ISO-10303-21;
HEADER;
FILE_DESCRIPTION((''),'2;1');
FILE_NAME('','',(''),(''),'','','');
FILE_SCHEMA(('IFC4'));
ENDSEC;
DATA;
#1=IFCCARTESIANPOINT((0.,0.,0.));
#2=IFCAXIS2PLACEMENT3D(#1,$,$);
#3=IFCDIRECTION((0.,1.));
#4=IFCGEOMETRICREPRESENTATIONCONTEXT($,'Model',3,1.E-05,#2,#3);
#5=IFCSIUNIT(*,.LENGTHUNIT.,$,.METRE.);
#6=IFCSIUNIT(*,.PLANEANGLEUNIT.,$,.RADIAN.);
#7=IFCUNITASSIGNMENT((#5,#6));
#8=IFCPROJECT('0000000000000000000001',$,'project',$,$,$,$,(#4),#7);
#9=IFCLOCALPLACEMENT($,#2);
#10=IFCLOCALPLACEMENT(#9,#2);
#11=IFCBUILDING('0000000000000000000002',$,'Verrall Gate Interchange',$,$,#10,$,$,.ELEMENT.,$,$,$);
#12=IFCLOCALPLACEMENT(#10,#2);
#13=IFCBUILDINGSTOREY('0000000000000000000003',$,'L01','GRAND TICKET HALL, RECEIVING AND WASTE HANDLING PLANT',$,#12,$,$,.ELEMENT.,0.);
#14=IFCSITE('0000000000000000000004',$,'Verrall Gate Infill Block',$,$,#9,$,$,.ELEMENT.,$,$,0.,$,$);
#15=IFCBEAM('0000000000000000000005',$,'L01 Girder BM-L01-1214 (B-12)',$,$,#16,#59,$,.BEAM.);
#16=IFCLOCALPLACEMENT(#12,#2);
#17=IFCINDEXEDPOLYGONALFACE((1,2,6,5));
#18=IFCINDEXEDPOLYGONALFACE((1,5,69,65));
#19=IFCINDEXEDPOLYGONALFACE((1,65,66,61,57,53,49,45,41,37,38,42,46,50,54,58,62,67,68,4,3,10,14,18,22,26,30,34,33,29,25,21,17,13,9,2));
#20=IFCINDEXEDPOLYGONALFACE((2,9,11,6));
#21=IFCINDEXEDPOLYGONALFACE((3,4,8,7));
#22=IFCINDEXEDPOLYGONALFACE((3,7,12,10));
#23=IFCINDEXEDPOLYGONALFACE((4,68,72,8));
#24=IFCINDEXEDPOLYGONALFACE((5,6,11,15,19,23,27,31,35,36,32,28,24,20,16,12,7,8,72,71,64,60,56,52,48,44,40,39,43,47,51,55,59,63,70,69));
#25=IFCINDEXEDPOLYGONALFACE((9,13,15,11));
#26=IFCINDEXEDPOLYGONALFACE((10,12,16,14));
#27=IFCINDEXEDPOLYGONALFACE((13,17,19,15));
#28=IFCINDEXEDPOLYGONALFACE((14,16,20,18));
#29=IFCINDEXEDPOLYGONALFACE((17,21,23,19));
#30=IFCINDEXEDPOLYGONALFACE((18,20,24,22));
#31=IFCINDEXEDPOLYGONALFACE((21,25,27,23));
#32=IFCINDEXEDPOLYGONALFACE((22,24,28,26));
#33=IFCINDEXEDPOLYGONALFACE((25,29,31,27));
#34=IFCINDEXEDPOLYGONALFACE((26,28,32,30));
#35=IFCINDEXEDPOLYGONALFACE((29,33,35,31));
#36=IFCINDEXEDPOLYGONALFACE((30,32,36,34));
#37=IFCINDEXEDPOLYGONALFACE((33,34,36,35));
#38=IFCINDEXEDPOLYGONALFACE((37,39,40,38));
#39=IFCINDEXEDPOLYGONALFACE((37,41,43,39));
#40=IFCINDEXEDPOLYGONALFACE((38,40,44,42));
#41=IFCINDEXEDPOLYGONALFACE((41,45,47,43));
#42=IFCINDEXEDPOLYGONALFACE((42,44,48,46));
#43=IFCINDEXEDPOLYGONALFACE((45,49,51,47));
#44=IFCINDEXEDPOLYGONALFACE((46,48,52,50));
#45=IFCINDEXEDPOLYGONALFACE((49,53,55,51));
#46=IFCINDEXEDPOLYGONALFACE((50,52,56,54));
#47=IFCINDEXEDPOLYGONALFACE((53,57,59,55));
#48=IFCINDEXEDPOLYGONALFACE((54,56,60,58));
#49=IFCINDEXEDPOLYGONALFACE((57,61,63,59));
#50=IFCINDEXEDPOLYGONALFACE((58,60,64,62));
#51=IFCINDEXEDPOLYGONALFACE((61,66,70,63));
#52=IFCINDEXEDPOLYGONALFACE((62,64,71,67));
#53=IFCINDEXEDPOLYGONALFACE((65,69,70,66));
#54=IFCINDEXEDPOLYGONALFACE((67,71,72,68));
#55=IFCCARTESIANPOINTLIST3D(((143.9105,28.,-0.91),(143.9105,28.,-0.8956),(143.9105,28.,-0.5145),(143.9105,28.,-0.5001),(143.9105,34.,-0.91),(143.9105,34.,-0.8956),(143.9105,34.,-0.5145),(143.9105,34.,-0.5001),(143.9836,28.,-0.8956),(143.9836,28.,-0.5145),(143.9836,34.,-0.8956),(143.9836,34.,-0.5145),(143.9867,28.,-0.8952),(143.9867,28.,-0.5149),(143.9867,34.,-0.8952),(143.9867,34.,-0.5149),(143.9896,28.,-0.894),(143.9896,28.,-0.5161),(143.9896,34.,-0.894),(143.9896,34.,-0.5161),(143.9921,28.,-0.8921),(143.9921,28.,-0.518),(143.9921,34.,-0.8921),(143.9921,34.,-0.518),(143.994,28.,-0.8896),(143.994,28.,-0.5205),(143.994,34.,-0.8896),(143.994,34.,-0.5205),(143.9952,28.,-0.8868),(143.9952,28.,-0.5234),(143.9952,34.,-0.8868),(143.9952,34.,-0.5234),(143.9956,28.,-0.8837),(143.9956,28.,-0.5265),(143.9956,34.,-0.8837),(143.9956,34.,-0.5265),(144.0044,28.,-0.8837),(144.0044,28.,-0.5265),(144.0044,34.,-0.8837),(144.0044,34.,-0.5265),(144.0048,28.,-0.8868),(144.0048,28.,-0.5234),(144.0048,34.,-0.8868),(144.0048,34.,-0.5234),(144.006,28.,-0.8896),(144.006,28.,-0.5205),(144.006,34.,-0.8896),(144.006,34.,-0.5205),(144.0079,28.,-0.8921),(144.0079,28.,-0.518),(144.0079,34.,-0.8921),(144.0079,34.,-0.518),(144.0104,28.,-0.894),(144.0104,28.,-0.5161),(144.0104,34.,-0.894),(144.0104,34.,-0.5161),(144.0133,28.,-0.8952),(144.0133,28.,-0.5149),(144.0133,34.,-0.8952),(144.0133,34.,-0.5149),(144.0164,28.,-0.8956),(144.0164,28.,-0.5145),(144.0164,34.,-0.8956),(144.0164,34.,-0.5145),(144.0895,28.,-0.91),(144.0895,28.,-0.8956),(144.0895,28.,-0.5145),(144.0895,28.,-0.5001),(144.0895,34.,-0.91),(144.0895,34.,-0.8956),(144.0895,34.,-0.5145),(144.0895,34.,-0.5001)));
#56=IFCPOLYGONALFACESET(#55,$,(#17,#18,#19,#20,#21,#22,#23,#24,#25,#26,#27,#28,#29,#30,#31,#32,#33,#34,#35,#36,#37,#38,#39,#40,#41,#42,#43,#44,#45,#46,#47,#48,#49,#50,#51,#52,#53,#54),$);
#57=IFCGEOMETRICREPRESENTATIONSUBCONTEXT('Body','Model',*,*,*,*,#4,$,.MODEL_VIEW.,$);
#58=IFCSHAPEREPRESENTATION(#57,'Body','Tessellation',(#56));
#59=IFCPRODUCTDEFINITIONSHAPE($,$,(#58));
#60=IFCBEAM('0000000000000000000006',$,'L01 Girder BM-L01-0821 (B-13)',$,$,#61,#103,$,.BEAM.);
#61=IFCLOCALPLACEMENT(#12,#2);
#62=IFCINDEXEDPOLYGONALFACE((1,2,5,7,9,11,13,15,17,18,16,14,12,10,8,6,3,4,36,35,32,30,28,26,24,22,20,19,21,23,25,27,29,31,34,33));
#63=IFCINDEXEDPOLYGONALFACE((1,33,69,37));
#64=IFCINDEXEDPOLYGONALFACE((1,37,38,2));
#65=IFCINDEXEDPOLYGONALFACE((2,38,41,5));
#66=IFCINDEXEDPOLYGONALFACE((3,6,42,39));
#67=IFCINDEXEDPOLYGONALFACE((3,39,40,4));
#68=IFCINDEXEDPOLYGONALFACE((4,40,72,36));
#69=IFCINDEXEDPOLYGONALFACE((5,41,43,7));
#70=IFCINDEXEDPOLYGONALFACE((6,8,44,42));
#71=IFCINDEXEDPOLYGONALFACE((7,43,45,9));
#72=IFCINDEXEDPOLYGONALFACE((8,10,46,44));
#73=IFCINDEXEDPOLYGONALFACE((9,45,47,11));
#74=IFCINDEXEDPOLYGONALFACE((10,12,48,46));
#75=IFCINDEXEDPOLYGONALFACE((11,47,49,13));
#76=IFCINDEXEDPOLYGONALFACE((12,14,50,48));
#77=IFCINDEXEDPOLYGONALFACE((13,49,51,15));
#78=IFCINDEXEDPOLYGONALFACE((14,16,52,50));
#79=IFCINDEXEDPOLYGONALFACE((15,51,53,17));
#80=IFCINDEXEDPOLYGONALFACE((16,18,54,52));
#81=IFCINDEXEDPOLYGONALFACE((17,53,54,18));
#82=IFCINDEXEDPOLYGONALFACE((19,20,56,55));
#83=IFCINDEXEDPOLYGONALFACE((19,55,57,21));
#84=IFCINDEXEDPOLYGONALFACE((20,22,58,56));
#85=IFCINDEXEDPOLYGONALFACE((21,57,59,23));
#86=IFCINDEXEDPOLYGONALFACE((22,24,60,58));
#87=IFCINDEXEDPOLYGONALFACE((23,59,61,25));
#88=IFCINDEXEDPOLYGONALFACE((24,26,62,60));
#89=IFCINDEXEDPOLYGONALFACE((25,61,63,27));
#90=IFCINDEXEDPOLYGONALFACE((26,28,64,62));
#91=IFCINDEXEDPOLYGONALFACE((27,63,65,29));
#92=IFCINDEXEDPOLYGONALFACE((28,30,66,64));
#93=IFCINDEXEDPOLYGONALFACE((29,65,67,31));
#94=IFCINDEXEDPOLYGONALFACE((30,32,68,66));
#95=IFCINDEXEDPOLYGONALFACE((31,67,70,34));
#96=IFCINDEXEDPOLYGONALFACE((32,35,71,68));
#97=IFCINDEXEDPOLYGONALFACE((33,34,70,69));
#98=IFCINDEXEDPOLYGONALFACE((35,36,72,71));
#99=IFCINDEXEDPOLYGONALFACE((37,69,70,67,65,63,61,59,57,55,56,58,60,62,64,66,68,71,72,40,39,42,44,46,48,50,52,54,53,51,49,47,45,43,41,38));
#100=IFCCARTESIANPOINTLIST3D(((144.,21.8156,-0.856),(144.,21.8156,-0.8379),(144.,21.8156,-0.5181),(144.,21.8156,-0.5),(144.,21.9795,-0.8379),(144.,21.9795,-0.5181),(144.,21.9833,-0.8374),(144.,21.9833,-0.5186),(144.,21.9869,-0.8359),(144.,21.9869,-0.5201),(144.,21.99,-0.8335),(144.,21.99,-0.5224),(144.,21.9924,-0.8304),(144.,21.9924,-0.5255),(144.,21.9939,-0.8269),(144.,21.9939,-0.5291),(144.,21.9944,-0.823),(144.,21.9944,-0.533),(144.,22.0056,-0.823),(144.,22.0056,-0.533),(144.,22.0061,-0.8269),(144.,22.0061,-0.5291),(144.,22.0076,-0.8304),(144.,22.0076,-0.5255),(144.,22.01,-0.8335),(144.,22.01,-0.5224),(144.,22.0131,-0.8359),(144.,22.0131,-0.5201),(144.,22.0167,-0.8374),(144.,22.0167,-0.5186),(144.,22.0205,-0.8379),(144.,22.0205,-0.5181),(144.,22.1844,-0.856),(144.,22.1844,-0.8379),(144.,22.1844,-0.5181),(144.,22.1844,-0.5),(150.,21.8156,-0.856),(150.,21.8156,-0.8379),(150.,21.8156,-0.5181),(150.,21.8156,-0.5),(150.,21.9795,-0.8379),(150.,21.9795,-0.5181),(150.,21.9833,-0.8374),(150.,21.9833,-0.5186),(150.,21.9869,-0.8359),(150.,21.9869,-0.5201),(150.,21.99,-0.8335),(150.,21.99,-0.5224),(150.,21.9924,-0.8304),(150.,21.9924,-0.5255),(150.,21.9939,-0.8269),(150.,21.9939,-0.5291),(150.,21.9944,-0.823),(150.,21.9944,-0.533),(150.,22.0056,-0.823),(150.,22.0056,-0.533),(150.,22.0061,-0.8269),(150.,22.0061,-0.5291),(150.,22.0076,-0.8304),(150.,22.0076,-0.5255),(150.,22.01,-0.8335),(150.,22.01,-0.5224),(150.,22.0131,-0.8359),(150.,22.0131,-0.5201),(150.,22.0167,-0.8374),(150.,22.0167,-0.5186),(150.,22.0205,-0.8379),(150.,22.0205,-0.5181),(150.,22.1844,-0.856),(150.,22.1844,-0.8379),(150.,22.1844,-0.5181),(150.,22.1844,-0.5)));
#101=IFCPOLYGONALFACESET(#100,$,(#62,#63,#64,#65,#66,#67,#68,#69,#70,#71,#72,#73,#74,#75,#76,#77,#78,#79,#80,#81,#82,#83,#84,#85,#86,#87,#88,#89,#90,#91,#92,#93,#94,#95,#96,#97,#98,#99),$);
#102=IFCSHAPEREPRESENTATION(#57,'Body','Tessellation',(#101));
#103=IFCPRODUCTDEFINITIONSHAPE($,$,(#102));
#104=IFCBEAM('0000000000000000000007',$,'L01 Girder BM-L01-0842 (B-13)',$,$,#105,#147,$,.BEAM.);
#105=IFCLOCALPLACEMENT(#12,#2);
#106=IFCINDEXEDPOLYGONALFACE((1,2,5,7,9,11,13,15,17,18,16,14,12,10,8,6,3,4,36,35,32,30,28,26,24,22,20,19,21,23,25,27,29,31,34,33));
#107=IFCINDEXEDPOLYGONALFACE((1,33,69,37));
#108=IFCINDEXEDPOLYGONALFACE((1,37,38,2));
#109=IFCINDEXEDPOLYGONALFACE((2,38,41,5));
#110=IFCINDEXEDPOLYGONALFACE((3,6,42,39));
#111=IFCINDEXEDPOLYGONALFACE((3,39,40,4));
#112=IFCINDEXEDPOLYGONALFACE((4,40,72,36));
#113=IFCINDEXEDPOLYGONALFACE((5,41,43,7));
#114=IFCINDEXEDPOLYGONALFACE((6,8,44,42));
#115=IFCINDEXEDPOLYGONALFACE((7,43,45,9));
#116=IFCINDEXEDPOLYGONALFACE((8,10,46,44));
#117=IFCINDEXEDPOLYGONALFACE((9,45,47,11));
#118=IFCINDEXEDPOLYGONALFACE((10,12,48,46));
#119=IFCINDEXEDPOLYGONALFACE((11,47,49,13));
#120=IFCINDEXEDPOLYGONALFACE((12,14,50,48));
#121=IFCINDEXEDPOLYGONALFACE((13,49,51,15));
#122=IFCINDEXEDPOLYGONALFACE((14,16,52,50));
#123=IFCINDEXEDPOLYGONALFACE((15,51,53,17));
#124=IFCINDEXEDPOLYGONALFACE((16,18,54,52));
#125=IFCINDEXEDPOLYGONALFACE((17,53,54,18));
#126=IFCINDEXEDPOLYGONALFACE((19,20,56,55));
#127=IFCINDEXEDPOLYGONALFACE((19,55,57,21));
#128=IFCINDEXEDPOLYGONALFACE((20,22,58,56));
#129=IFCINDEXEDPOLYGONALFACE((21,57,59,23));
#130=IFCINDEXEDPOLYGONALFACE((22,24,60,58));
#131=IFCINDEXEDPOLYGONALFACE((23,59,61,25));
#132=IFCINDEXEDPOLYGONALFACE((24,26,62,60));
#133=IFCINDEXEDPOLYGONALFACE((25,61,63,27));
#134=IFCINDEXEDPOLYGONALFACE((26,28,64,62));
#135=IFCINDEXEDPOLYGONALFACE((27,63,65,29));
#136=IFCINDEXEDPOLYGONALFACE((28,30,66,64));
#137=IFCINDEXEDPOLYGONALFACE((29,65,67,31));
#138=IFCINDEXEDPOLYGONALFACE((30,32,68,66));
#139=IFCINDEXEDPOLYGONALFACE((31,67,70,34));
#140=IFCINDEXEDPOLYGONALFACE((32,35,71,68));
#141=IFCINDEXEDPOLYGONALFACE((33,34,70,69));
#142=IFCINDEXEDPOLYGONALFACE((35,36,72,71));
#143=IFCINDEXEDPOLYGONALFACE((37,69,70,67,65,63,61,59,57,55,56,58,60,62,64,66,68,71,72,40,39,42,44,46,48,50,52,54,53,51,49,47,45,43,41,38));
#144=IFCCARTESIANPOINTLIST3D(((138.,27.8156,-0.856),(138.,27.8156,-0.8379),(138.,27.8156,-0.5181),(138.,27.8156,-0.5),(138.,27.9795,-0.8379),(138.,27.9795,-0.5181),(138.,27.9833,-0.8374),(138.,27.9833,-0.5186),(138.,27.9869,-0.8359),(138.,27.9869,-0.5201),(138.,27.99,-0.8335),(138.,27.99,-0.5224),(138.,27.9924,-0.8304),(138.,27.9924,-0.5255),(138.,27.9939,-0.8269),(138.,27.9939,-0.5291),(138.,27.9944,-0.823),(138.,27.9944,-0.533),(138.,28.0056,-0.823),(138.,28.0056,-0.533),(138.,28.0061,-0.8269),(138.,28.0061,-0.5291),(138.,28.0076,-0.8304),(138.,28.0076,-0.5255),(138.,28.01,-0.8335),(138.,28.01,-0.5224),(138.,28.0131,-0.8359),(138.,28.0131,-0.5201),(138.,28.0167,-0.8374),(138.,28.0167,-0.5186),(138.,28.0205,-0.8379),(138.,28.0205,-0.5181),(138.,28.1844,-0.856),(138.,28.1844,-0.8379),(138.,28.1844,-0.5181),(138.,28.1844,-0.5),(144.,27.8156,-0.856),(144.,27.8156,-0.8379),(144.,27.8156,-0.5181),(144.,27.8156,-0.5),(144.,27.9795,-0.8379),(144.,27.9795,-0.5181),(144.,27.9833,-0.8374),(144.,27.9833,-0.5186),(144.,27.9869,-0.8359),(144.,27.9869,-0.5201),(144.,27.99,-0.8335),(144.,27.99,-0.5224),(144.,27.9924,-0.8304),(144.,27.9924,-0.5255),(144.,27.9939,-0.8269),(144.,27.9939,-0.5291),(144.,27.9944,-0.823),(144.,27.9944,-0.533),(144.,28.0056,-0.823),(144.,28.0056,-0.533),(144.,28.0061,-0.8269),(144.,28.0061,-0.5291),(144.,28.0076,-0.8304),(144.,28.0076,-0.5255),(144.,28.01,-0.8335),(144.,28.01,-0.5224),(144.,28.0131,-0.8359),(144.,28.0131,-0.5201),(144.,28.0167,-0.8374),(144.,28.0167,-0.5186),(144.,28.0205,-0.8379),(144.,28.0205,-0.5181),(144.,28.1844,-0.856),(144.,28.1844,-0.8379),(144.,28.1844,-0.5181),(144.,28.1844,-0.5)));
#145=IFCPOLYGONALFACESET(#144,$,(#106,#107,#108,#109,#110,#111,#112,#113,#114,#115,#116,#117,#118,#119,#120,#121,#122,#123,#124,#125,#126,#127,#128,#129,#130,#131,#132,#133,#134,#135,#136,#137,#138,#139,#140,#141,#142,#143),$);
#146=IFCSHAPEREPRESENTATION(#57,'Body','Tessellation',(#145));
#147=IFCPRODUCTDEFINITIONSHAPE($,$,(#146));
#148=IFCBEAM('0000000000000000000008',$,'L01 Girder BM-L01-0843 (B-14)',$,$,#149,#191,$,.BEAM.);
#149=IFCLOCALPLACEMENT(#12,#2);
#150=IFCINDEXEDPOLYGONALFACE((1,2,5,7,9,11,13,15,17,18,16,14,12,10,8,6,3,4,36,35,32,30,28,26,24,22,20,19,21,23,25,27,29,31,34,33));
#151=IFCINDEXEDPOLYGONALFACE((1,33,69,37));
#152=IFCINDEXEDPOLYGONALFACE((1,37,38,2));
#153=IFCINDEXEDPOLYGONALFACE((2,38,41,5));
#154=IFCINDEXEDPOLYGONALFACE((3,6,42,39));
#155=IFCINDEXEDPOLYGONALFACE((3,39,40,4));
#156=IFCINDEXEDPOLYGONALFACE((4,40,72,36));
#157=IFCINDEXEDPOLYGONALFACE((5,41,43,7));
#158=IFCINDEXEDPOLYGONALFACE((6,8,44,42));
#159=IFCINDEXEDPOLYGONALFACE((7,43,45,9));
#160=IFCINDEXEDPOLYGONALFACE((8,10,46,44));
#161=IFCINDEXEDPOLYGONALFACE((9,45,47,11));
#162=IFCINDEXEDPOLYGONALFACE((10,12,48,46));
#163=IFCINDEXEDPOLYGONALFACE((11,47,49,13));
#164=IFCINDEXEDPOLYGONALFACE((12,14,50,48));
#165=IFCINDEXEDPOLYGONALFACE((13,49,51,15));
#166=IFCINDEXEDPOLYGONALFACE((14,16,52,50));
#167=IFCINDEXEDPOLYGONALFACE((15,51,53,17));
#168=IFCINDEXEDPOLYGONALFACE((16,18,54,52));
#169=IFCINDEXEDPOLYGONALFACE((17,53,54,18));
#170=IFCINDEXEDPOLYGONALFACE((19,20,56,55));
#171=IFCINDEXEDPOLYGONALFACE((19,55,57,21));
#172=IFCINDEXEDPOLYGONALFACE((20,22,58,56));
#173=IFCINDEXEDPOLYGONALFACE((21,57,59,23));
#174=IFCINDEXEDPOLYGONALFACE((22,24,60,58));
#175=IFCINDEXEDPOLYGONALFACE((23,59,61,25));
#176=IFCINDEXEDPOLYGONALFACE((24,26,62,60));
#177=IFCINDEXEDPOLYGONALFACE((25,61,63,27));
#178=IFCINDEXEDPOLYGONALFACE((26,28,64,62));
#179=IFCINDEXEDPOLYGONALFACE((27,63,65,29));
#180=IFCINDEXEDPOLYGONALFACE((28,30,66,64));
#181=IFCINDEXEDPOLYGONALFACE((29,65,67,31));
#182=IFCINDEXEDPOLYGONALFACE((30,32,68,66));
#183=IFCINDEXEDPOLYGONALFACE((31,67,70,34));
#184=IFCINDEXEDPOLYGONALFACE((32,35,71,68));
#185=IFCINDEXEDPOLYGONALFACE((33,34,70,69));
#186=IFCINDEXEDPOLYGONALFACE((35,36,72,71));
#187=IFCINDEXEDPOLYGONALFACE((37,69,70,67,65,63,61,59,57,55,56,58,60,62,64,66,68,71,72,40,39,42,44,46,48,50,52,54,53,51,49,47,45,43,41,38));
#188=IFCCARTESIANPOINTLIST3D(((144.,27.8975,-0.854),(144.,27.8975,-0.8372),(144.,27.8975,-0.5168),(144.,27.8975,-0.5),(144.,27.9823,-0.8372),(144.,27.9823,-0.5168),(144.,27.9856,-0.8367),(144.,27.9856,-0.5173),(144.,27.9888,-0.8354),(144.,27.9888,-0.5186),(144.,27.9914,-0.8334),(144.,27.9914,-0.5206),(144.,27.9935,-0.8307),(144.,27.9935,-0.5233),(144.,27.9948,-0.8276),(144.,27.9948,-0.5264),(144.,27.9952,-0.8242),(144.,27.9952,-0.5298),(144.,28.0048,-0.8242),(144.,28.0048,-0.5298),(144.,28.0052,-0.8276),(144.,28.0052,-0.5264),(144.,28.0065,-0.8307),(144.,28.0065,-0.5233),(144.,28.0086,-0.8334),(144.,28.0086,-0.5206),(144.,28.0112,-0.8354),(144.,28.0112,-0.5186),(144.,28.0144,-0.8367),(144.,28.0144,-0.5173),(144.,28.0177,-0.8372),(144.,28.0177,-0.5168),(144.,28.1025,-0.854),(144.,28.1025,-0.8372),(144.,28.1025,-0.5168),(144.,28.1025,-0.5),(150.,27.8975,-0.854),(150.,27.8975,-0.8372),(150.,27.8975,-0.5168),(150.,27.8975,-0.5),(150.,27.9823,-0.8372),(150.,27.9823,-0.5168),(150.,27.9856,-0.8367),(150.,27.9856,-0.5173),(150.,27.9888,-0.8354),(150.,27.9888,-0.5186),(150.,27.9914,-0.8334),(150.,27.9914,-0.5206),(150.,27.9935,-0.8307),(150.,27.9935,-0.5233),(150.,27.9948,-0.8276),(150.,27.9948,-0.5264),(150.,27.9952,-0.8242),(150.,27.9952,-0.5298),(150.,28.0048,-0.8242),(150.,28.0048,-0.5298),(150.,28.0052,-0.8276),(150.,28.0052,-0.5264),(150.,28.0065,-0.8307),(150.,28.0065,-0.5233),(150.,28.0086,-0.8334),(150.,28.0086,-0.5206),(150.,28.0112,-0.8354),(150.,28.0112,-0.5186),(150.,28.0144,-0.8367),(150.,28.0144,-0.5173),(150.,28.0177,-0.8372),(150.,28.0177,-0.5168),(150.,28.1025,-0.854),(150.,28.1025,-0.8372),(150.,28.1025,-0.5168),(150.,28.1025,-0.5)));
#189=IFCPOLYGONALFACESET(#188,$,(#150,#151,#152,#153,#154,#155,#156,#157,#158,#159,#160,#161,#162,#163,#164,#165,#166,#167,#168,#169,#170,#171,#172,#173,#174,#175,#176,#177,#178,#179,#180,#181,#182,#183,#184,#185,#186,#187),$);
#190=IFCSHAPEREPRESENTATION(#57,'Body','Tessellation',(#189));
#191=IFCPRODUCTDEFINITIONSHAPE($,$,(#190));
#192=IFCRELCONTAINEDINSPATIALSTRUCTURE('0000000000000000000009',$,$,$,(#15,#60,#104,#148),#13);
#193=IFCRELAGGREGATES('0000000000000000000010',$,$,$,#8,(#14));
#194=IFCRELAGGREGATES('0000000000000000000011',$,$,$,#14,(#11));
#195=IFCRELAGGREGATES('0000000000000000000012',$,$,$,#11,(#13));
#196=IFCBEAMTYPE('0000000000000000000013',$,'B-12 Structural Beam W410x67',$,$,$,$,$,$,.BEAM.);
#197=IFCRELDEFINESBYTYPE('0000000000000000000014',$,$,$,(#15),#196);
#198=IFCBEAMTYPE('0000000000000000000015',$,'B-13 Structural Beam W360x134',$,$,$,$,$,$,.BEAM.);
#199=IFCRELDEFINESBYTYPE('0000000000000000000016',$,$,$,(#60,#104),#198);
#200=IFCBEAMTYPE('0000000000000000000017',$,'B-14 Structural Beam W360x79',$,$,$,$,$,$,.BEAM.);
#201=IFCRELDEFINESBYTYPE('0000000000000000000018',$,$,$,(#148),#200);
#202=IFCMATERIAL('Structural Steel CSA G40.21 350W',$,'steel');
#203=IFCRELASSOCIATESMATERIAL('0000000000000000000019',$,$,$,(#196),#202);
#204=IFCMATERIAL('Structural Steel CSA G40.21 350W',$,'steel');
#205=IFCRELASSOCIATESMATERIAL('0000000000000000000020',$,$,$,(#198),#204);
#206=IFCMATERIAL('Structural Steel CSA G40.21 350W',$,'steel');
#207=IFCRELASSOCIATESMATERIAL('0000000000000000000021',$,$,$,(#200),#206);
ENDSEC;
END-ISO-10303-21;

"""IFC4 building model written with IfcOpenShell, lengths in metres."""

from ifc_helpers import new_model, si_unit, direction, frame, origin, origin_2d, place, context, subcontext, project, spatial, i_section, extrude, material, material_profile, profile_set, type_object, element, save


model = new_model("IFC4")

# Units and contexts
model_context = context("Model", 3, precision=1e-05, world=origin(), true_north=direction((0.0, 1.0)))
body_context = subcontext(model_context, "Body", "Model", "MODEL_VIEW")
ifc_project = project(units=[si_unit("LENGTHUNIT", "METRE"), si_unit("PLANEANGLEUNIT", "RADIAN")], contexts=[model_context])

# Site, building, storey
site_placement = place(None, origin())
site = spatial("IfcSite", under=ifc_project, at=site_placement, Name="Verrall Gate Infill Block", CompositionType="ELEMENT", RefElevation=0.0)
building_placement = place(site_placement, origin())
building = spatial("IfcBuilding", under=site, at=building_placement, Name="Verrall Gate Interchange", CompositionType="ELEMENT")
storey_placement = place(building_placement, origin())
storey = spatial("IfcBuildingStorey", under=building, at=storey_placement, Name="L01", Description="GRAND TICKET HALL, RECEIVING AND WASTE HANDLING PLANT", CompositionType="ELEMENT", Elevation=0.0)

# Beams
ifc_material_1 = material(Name="Structural Steel CSA G40.21 350W", Category="steel")
ifc_material_profile_1 = material_profile(ifc_material_1, i_section(OverallWidth=0.179, OverallDepth=0.4099, WebThickness=0.0088, FlangeThickness=0.0144, FilletRadius=0.012, at=origin_2d()), Name="W410x67")
ifc_profile_set_1 = profile_set([ifc_material_profile_1], Name="Structural Steel CSA G40.21 350W")
beam_type_1 = type_object("IfcBeamType", Name="B-12 Structural Beam W410x67", PredefinedType="BEAM", material=ifc_profile_set_1)
for number, where, z_axis, x_axis, name in (
    (1, (144.0, 28.0, -0.7051), (0.0, 1.0, 0.0), (-1.0, 0.0, 0.0), "L01 Girder BM-L01-1214 (B-12)"),
):
    element("IfcBeam", number, at=place(storey_placement, frame(where, z_axis=z_axis, x_axis=x_axis)), inside=storey, type_object=beam_type_1, Name=name, PredefinedType="BEAM", context=body_context, shape_type="SweptSolid", body=[
        extrude(i_section(OverallWidth=0.179, OverallDepth=0.4099, WebThickness=0.0088, FlangeThickness=0.0144, FilletRadius=0.012, at=origin_2d()), origin(), (0.0, 0.0, 1.0), 6.0),
    ])
ifc_material_2 = material(Name="Structural Steel CSA G40.21 350W", Category="steel")
ifc_material_profile_2 = material_profile(ifc_material_2, i_section(OverallWidth=0.3689, OverallDepth=0.356, WebThickness=0.0112, FlangeThickness=0.0181, FilletRadius=0.0149, at=origin_2d()), Name="W360x134")
ifc_profile_set_2 = profile_set([ifc_material_profile_2], Name="Structural Steel CSA G40.21 350W")
beam_type_2 = type_object("IfcBeamType", Name="B-13 Structural Beam W360x134", PredefinedType="BEAM", material=ifc_profile_set_2)
for number, where, z_axis, x_axis, name in (
    (2, (144.0, 22.0, -0.678), (1.0, 0.0, 0.0), (0.0, 1.0, 0.0), "L01 Girder BM-L01-0821 (B-13)"),
    (3, (138.0, 28.0, -0.678), (1.0, 0.0, 0.0), (0.0, 1.0, 0.0), "L01 Girder BM-L01-0842 (B-13)"),
):
    element("IfcBeam", number, at=place(storey_placement, frame(where, z_axis=z_axis, x_axis=x_axis)), inside=storey, type_object=beam_type_2, Name=name, PredefinedType="BEAM", context=body_context, shape_type="SweptSolid", body=[
        extrude(i_section(OverallWidth=0.3689, OverallDepth=0.356, WebThickness=0.0112, FlangeThickness=0.0181, FilletRadius=0.0149, at=origin_2d()), origin(), (0.0, 0.0, 1.0), 6.0),
    ])
ifc_material_3 = material(Name="Structural Steel CSA G40.21 350W", Category="steel")
ifc_material_profile_3 = material_profile(ifc_material_3, i_section(OverallWidth=0.2051, OverallDepth=0.354, WebThickness=0.0095, FlangeThickness=0.0168, FilletRadius=0.0129, at=origin_2d()), Name="W360x79")
ifc_profile_set_3 = profile_set([ifc_material_profile_3], Name="Structural Steel CSA G40.21 350W")
beam_type_3 = type_object("IfcBeamType", Name="B-14 Structural Beam W360x79", PredefinedType="BEAM", material=ifc_profile_set_3)
beam_1_placement = place(storey_placement, frame((144.0, 28.0, -0.677), z_axis=(1.0, 0.0, 0.0), x_axis=(0.0, 1.0, 0.0)))
element("IfcBeam", 4, at=beam_1_placement, inside=storey, type_object=beam_type_3, Name="L01 Girder BM-L01-0843 (B-14)", PredefinedType="BEAM", context=body_context, shape_type="SweptSolid", body=[
    extrude(i_section(OverallWidth=0.2051, OverallDepth=0.354, WebThickness=0.0095, FlangeThickness=0.0168, FilletRadius=0.0129, at=origin_2d()), origin(), (0.0, 0.0, 1.0), 6.0),
])

save(model, "model.ifc")
